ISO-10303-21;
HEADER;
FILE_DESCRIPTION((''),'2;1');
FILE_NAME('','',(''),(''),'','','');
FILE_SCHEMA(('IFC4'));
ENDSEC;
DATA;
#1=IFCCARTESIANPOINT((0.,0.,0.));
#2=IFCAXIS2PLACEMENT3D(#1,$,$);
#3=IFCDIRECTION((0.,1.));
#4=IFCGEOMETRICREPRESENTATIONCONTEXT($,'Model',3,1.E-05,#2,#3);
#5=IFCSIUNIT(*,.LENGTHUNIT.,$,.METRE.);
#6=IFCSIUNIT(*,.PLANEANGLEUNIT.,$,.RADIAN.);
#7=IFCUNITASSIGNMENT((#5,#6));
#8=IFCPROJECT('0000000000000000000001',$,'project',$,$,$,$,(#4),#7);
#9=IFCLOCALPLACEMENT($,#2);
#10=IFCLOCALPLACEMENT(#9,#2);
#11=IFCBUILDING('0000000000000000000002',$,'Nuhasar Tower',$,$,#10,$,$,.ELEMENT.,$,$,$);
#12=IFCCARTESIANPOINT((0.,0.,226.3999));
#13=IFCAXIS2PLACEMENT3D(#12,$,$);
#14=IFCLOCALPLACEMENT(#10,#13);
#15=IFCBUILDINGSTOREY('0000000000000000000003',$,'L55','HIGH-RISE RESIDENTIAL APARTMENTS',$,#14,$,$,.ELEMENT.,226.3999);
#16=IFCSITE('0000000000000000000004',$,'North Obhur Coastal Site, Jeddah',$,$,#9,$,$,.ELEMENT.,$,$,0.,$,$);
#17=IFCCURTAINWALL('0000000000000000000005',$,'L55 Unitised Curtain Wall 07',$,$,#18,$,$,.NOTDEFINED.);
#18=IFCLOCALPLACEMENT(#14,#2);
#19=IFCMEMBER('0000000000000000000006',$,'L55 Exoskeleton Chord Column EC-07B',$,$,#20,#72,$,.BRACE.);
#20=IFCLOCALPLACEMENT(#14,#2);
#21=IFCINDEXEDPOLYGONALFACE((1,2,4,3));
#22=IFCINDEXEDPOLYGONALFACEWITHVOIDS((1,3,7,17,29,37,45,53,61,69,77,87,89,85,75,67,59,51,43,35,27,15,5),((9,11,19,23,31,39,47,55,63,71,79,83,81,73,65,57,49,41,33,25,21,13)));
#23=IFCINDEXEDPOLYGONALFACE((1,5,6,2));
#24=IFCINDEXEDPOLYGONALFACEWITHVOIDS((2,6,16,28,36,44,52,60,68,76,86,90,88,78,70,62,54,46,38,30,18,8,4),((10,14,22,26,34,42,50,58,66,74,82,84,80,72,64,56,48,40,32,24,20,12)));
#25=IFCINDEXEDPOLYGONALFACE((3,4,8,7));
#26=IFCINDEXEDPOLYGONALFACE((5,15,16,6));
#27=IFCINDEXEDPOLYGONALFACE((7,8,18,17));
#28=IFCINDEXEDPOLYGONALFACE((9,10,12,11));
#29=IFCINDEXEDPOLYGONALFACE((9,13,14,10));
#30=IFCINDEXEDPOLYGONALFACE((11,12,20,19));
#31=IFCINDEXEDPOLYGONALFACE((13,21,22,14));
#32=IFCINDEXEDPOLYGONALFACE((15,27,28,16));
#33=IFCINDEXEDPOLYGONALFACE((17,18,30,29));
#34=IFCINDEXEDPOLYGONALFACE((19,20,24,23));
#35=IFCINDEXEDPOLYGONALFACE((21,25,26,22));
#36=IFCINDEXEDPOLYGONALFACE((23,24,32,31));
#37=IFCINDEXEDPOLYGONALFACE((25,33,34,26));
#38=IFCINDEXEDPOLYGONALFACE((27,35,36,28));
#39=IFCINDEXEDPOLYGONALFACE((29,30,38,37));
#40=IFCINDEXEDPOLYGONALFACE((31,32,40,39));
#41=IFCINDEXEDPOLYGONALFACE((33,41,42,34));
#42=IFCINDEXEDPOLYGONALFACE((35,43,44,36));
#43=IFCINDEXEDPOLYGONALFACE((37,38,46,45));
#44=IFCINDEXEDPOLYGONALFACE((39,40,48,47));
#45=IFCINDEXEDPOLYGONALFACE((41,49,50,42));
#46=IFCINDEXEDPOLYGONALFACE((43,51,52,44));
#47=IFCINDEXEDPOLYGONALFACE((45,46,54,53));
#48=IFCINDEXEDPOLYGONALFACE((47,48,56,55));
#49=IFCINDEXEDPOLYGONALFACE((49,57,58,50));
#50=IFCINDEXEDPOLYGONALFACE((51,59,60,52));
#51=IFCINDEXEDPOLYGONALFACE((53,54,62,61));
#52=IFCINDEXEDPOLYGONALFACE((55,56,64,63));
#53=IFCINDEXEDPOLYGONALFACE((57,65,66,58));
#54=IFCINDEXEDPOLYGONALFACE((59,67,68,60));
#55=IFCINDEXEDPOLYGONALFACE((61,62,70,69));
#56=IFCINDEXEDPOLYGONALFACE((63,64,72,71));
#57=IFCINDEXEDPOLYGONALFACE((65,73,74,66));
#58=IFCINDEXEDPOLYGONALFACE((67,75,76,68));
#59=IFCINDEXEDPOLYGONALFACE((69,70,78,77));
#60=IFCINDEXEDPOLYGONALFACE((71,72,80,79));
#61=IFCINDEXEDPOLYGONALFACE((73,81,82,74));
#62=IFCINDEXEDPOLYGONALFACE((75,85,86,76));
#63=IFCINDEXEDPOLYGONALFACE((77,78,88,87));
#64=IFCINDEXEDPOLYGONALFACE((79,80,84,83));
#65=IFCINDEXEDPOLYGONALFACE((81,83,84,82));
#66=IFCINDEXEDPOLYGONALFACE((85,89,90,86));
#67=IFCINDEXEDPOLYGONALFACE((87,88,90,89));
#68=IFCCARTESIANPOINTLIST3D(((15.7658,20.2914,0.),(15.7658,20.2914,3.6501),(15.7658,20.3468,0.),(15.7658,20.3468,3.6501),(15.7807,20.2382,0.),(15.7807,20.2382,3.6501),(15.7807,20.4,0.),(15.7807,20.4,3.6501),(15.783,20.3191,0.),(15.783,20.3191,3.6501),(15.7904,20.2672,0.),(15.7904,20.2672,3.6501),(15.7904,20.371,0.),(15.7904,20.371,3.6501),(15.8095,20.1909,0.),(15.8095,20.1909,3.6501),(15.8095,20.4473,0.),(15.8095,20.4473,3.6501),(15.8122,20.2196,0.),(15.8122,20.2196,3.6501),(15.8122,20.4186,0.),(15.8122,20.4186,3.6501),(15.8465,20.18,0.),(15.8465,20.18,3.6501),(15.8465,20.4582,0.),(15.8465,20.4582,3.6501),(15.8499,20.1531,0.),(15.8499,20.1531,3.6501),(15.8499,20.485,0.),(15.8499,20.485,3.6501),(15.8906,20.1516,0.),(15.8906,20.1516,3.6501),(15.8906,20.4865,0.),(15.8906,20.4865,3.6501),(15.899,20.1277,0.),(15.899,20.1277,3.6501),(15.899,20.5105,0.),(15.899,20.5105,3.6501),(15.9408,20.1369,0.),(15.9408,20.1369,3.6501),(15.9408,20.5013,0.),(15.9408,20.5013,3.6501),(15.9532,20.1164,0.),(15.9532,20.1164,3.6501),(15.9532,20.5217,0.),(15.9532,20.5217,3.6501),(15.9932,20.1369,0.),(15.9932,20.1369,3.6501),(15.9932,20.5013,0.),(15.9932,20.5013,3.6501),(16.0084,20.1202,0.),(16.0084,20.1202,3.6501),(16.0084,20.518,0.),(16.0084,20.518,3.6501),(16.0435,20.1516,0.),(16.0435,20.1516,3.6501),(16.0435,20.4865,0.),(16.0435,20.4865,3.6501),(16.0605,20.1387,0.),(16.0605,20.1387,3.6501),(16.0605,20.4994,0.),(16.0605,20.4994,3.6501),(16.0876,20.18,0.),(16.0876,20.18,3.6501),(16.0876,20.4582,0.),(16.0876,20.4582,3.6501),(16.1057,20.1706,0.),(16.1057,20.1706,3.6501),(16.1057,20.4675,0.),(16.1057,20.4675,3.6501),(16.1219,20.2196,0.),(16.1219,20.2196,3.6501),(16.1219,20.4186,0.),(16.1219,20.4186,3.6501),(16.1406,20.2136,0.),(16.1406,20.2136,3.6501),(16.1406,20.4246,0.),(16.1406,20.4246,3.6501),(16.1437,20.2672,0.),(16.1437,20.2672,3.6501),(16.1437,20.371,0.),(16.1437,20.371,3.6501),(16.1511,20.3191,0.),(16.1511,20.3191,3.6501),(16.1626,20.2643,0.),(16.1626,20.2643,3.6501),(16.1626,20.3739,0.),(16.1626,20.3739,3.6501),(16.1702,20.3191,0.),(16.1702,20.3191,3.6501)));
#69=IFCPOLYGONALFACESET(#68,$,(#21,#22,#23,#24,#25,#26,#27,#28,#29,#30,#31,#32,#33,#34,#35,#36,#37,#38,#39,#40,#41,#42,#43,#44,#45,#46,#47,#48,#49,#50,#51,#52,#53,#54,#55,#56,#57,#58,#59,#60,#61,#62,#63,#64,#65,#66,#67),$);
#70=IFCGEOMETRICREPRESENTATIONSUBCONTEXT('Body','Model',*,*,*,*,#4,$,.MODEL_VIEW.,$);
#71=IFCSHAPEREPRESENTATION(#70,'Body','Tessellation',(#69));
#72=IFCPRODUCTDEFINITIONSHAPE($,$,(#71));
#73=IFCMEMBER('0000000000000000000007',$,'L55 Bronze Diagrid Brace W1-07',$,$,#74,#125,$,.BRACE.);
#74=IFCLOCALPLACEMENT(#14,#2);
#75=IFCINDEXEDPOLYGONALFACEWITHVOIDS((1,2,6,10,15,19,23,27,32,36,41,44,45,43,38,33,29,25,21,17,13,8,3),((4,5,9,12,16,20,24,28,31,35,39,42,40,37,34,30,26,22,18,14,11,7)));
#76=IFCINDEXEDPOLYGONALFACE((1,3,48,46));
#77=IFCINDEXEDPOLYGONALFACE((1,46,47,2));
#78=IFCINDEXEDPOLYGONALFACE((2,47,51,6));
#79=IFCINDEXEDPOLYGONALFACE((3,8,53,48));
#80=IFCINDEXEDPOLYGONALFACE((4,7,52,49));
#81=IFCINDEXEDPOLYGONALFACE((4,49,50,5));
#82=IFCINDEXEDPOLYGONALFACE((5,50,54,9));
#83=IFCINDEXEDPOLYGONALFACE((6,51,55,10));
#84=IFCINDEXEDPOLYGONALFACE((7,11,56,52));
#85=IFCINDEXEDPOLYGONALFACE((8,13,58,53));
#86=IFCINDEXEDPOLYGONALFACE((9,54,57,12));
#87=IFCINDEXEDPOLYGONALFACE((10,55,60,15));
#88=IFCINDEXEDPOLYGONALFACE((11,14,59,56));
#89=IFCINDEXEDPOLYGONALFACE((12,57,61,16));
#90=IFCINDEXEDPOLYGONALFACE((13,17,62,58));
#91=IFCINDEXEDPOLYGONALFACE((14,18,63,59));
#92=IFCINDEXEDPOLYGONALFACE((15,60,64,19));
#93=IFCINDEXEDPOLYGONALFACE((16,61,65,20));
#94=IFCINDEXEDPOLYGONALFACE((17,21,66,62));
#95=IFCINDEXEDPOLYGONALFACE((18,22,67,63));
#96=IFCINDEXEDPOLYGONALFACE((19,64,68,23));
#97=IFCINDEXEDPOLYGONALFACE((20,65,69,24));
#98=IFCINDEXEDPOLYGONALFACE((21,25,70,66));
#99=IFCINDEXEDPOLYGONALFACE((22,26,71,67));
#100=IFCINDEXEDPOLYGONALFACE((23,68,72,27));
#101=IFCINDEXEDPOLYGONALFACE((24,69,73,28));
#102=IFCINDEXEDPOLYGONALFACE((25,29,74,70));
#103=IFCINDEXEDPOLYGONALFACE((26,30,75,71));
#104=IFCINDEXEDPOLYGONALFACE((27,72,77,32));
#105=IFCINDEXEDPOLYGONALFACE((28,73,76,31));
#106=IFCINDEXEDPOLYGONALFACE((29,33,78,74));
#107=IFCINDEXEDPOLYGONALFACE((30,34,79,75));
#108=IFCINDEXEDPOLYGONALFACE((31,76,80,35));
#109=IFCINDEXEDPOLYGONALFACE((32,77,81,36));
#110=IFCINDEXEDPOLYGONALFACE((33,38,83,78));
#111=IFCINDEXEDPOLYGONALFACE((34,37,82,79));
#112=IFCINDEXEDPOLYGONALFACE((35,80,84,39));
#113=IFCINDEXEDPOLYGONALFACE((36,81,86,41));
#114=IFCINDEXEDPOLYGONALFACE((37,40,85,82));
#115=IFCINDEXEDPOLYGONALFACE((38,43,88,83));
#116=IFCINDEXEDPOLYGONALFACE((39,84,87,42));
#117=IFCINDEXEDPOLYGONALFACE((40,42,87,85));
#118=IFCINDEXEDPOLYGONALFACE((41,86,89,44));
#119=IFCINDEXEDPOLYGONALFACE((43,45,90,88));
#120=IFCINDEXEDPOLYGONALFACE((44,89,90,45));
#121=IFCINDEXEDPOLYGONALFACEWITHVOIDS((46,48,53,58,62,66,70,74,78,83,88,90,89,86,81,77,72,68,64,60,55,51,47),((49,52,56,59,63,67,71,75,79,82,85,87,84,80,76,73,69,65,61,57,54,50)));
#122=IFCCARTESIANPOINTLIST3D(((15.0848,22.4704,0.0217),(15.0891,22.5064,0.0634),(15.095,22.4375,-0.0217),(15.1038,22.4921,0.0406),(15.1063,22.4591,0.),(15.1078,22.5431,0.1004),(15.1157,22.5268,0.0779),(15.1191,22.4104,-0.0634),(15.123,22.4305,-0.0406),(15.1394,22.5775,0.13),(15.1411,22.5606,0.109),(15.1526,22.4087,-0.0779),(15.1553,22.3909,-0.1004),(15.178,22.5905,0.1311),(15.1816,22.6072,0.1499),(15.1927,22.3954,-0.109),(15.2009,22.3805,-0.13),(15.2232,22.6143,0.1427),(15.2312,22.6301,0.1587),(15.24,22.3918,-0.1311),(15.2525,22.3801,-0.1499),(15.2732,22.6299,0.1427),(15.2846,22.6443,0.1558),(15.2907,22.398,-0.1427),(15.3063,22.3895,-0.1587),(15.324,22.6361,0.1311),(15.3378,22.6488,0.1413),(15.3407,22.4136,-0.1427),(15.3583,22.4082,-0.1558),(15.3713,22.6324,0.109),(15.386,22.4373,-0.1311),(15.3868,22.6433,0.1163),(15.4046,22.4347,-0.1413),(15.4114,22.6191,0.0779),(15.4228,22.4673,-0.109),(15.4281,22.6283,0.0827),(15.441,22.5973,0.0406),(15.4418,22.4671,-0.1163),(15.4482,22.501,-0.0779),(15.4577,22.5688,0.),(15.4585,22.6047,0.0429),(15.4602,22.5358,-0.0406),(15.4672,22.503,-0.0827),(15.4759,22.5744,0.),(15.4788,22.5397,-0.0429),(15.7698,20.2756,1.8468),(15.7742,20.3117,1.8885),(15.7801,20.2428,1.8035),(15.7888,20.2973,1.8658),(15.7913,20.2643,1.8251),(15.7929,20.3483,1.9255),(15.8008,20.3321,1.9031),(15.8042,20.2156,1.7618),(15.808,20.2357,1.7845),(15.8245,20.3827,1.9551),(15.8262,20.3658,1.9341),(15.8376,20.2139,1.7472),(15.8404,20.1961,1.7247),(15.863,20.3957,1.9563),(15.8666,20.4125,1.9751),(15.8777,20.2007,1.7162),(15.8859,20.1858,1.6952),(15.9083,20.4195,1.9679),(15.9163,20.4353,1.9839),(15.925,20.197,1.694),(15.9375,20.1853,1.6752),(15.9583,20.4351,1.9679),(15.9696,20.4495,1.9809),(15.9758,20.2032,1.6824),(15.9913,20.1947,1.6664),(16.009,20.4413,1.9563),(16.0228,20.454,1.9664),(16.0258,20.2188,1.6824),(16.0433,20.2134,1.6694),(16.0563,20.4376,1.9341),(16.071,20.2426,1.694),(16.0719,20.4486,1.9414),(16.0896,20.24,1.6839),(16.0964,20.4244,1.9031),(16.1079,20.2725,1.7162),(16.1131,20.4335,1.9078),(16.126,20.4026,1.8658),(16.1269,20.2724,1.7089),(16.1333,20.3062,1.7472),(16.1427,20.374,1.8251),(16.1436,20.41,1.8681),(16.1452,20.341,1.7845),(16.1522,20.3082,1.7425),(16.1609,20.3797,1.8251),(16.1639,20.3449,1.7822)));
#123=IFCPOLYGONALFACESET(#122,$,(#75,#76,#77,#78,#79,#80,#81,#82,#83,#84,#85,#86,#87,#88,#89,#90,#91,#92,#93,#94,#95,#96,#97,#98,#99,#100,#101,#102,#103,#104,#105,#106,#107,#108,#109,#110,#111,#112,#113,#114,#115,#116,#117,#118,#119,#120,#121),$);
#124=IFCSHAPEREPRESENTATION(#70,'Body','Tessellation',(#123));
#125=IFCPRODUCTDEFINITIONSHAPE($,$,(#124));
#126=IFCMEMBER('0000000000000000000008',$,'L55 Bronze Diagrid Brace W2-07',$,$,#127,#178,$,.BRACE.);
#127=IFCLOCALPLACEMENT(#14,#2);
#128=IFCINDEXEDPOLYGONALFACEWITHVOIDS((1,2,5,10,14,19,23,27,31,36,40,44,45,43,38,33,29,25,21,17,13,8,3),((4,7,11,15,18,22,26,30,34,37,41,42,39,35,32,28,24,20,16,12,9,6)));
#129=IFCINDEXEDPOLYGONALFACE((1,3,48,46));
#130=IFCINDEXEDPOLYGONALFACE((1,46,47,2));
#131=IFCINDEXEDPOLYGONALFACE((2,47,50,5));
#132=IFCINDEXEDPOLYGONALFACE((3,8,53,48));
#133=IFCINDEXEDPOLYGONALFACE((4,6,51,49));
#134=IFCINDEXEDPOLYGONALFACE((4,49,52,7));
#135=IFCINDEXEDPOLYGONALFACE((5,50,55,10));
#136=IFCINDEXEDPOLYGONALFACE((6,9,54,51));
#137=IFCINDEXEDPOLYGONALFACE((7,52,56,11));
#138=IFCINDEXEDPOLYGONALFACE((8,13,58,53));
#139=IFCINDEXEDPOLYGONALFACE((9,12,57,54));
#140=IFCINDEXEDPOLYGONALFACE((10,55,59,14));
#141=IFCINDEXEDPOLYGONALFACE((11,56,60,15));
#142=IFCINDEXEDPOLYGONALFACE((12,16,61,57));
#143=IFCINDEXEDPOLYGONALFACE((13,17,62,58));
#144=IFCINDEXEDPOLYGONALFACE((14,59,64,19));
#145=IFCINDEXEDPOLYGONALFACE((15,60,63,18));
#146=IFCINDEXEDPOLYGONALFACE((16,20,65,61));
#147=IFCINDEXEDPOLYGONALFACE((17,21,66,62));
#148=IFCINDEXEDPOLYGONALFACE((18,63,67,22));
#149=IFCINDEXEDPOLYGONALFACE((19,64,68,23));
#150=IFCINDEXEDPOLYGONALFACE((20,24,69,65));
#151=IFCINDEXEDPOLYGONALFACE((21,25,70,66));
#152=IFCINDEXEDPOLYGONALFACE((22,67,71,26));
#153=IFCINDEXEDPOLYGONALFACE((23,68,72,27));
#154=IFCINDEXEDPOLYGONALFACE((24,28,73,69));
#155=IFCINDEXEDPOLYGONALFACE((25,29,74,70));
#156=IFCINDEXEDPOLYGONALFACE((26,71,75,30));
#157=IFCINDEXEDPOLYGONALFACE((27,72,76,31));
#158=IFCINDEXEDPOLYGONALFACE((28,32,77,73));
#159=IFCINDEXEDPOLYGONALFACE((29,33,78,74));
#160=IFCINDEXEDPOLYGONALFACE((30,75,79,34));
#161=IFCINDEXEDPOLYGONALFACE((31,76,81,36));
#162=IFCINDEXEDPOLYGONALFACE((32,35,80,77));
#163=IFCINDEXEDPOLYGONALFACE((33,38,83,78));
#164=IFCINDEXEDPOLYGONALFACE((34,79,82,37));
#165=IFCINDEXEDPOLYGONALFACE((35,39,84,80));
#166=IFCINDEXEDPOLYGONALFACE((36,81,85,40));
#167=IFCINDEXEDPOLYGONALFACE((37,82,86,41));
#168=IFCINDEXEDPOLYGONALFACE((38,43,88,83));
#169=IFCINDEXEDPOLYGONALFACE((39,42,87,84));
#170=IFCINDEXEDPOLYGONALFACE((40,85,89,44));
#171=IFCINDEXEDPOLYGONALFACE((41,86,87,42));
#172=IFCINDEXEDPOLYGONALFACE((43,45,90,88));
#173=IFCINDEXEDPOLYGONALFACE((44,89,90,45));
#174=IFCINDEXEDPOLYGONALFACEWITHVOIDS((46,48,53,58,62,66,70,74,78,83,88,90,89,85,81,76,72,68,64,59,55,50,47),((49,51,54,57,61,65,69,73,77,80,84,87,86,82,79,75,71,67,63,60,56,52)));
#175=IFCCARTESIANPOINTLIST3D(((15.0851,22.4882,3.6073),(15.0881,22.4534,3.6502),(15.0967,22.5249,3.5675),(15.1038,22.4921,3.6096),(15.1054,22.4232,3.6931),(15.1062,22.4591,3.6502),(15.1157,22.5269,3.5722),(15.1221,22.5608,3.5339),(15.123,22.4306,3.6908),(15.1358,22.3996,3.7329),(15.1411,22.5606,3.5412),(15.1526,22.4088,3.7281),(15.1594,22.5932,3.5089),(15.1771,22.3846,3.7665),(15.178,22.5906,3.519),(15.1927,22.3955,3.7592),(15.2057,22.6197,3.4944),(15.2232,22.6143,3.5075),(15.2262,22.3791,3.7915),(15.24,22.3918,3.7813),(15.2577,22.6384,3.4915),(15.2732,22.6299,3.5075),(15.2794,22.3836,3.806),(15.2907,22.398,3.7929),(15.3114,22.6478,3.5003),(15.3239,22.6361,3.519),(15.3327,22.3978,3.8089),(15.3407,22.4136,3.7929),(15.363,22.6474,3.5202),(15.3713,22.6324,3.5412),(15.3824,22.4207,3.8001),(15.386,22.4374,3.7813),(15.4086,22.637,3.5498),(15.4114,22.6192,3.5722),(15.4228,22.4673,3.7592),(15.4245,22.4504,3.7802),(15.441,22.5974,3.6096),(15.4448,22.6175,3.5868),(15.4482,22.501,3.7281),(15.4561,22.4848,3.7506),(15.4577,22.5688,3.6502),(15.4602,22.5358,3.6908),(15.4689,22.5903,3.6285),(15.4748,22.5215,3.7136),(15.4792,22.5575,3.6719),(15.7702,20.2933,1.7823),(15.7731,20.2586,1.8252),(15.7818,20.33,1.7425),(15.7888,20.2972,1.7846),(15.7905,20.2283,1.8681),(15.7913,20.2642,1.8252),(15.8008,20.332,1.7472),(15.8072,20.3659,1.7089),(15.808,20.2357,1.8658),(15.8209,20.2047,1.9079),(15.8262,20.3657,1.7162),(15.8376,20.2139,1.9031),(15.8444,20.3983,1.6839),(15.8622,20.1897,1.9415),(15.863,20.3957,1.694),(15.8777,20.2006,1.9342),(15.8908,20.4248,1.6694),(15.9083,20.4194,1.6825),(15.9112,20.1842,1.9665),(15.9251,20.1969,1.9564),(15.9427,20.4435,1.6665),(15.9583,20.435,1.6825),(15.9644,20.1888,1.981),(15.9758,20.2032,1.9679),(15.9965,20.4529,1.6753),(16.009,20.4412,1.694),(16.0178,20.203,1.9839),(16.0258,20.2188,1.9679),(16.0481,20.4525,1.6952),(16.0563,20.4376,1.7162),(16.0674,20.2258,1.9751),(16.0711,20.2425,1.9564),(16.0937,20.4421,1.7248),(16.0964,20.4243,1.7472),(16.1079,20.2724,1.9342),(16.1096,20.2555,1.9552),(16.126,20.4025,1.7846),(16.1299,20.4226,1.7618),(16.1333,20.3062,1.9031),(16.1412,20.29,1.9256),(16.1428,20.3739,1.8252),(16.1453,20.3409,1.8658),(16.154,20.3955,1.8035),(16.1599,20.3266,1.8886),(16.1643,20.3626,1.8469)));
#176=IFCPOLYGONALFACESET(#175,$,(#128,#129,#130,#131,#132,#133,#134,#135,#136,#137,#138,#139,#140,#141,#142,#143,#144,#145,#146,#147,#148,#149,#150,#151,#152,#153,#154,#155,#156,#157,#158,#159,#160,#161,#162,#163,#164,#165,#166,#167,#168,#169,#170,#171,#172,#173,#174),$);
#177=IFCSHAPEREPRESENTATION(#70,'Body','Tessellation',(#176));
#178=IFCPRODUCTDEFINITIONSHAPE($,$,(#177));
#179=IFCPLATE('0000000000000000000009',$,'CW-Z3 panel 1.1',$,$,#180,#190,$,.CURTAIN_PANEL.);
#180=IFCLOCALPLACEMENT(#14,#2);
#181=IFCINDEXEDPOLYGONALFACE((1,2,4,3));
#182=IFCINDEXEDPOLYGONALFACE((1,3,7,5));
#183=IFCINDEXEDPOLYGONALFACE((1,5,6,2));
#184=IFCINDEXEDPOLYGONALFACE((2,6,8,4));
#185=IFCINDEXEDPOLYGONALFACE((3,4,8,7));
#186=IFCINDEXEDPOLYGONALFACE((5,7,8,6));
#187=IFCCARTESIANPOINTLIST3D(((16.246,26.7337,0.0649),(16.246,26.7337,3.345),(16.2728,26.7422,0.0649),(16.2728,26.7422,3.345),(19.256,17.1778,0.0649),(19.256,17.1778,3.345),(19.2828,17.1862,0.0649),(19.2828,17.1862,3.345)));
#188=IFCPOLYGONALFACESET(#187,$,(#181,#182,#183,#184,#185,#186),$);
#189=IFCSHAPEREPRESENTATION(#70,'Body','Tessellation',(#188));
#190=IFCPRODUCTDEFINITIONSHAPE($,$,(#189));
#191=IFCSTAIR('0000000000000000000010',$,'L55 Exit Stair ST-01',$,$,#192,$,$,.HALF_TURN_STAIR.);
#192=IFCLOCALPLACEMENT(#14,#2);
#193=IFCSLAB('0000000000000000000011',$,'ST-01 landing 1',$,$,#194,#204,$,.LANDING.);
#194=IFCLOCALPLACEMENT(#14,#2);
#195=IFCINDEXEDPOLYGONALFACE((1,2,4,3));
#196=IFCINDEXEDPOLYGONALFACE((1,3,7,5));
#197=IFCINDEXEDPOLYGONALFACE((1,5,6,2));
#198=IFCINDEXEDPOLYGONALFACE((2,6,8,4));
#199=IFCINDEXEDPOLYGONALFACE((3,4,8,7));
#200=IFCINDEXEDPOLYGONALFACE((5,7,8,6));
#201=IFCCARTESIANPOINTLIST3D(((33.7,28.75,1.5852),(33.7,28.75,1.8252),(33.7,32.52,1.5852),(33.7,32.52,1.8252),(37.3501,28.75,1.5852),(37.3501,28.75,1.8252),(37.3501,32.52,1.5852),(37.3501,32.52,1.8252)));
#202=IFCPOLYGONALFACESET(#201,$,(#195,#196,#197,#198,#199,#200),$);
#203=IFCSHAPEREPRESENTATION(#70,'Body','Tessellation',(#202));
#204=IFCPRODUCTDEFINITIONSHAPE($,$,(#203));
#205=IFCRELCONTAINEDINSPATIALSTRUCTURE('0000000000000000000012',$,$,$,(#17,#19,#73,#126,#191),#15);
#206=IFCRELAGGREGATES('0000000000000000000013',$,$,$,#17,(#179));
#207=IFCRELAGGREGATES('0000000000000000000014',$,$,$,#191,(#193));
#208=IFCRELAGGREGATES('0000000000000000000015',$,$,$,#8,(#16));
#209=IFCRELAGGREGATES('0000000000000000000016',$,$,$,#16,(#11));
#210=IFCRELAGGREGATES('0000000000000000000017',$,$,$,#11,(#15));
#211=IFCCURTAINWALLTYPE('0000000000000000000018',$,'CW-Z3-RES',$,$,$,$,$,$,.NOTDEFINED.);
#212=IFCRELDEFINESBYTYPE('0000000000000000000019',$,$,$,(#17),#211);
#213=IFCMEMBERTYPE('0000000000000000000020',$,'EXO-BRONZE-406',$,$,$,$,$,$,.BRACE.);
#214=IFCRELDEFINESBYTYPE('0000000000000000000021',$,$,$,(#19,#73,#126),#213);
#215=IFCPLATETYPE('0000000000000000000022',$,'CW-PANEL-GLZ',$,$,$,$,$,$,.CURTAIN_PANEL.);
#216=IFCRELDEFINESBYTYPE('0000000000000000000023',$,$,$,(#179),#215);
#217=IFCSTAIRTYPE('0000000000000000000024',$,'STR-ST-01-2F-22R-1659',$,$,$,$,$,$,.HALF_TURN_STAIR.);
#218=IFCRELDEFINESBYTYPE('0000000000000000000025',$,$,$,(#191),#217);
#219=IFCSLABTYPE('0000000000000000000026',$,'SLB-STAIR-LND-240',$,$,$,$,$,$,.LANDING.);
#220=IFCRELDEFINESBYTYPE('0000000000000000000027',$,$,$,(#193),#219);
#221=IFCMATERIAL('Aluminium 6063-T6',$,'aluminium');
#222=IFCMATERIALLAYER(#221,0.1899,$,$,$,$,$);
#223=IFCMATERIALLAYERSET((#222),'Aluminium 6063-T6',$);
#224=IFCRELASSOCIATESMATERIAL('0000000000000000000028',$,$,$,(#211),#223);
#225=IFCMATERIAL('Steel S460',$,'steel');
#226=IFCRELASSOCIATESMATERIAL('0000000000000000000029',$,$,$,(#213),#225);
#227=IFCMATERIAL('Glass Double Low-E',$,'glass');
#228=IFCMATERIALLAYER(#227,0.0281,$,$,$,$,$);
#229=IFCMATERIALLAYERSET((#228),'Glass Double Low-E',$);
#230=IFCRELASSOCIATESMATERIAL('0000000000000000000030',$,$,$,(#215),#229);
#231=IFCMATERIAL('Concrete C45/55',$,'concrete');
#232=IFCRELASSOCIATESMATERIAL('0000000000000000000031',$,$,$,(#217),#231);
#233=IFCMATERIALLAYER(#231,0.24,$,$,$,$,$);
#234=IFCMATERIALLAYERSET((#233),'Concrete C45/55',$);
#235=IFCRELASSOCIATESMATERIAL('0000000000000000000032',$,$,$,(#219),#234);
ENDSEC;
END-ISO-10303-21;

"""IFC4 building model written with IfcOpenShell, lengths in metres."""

from ifc_helpers import new_model, si_unit, direction, frame, origin, origin_2d, place, context, subcontext, project, spatial, polyline, rectangle, hollow_circle, outline, extrude, material, layer, layer_set, material_profile, profile_set, type_object, element, aggregate, save


model = new_model("IFC4")

# Units and contexts
model_context = context("Model", 3, precision=1e-05, world=origin(), true_north=direction((0.0, 1.0)))
body_context = subcontext(model_context, "Body", "Model", "MODEL_VIEW")
ifc_project = project(units=[si_unit("LENGTHUNIT", "METRE"), si_unit("PLANEANGLEUNIT", "RADIAN")], contexts=[model_context])

# Site, building, storey
site_placement = place(None, origin())
site = spatial("IfcSite", under=ifc_project, at=site_placement, Name="North Obhur Coastal Site, Jeddah", CompositionType="ELEMENT", RefElevation=0.0)
building_placement = place(site_placement, origin())
building = spatial("IfcBuilding", under=site, at=building_placement, Name="Nuhasar Tower", CompositionType="ELEMENT")
storey_placement = place(building_placement, frame((0.0, 0.0, 226.3999)))
storey = spatial("IfcBuildingStorey", under=building, at=storey_placement, Name="L55", Description="HIGH-RISE RESIDENTIAL APARTMENTS", CompositionType="ELEMENT", Elevation=226.3999)

# Curtain wall
ifc_material_1 = material(Name="Aluminium 6063-T6", Category="aluminium")
ifc_layer_1 = layer(ifc_material_1, 0.1899)
ifc_layer_set_1 = layer_set([ifc_layer_1], Name="Aluminium 6063-T6")
curtain_wall_type = type_object("IfcCurtainWallType", Name="CW-Z3-RES", PredefinedType="NOTDEFINED", material=ifc_layer_set_1)
curtain_wall_1_placement = place(storey_placement, origin())
curtain_wall_1 = element("IfcCurtainWall", 1, at=curtain_wall_1_placement, inside=storey, type_object=curtain_wall_type, Name="L55 Unitised Curtain Wall 07", PredefinedType="NOTDEFINED")

# Members
ifc_material_2 = material(Name="Steel S460", Category="steel")
ifc_material_profile_1 = material_profile(ifc_material_2, hollow_circle(Radius=0.2031, WallThickness=0.019, at=origin_2d()), Name="HSS406.4X19.1")
ifc_profile_set_1 = profile_set([ifc_material_profile_1], Name="Steel S460")
member_type_1 = type_object("IfcMemberType", Name="EXO-BRONZE-406", PredefinedType="BRACE", material=ifc_profile_set_1)
for number, where, z_axis, x_axis, name in (
    (2, (15.967, 20.3191, 0.0), (0.0, 0.0, 1.0), (1.0, 0.0, 0.0), "L55 Exoskeleton Chord Column EC-07B"),
):
    element("IfcMember", number, at=place(storey_placement, frame(where, z_axis=z_axis, x_axis=x_axis)), inside=storey, type_object=member_type_1, Name=name, PredefinedType="BRACE", context=body_context, shape_type="SweptSolid", body=[
        extrude(hollow_circle(Radius=0.2031, WallThickness=0.019, at=origin_2d()), origin(), (0.0, 0.0, 1.0), 3.6501),
    ])
for number, where, z_axis, x_axis, name in (
    (3, (15.282, 22.5139, 0.0), (0.23336, -0.747651, 0.62174), (0.954582, 0.297948, 0.0), "L55 Bronze Diagrid Brace W1-07"),
    (4, (15.967, 20.3191, 1.8252), (-0.233372, 0.74769, 0.621689), (-0.954582, -0.297948, 0.0), "L55 Bronze Diagrid Brace W2-07"),
):
    element("IfcMember", number, at=place(storey_placement, frame(where, z_axis=z_axis, x_axis=x_axis)), inside=storey, type_object=member_type_1, Name=name, PredefinedType="BRACE", context=body_context, shape_type="SweptSolid", body=[
        extrude(hollow_circle(Radius=0.2031, WallThickness=0.019, at=origin_2d()), origin(), (0.0, 0.0, 1.0), 2.9355),
    ])

# Plate
ifc_material_3 = material(Name="Glass Double Low-E", Category="glass")
ifc_layer_2 = layer(ifc_material_3, 0.0281)
ifc_layer_set_2 = layer_set([ifc_layer_2], Name="Glass Double Low-E")
plate_type = type_object("IfcPlateType", Name="CW-PANEL-GLZ", PredefinedType="CURTAIN_PANEL", material=ifc_layer_set_2)
plate_placement = place(storey_placement, frame((17.7644, 21.96, 0.0649), z_axis=(0.0, 0.0, 1.0), x_axis=(0.300429, -0.953804, 0.0)))
plate = element("IfcPlate", 5, at=plate_placement, type_object=plate_type, Name="CW-Z3 panel 1.1", PredefinedType="CURTAIN_PANEL", context=body_context, shape_type="SweptSolid", body=[
    extrude(rectangle(XDim=10.0188, YDim=0.0281, at=origin_2d()), origin(), (0.0, 0.0, 1.0), 3.28),
])
aggregate(curtain_wall_1, [plate])

# Stair, slab
ifc_material_4 = material(Name="Concrete C45/55", Category="concrete")
stair_type_1 = type_object("IfcStairType", Name="STR-ST-01-2F-22R-1659", PredefinedType="HALF_TURN_STAIR", material=ifc_material_4)
stair_1_placement = place(storey_placement, origin())
stair_1 = element("IfcStair", 6, at=stair_1_placement, inside=storey, type_object=stair_type_1, Name="L55 Exit Stair ST-01", PredefinedType="HALF_TURN_STAIR")
ifc_layer_3 = layer(ifc_material_4, 0.24)
ifc_layer_set_3 = layer_set([ifc_layer_3], Name="Concrete C45/55")
slab_type_1 = type_object("IfcSlabType", Name="SLB-STAIR-LND-240", PredefinedType="LANDING", material=ifc_layer_set_3)
slab_1_placement = place(storey_placement, frame((0.0, 0.0, 1.5852)))
slab_1 = element("IfcSlab", 7, at=slab_1_placement, type_object=slab_type_1, Name="ST-01 landing 1", PredefinedType="LANDING", context=body_context, shape_type="SweptSolid", body=[
    extrude(outline(polyline([(33.7, 28.75), (37.3501, 28.75), (37.3501, 32.52), (33.7, 32.52), (33.7, 28.75)])), origin(), (0.0, 0.0, 1.0), 0.24),
])
aggregate(stair_1, [slab_1])

save(model, "model.ifc")
